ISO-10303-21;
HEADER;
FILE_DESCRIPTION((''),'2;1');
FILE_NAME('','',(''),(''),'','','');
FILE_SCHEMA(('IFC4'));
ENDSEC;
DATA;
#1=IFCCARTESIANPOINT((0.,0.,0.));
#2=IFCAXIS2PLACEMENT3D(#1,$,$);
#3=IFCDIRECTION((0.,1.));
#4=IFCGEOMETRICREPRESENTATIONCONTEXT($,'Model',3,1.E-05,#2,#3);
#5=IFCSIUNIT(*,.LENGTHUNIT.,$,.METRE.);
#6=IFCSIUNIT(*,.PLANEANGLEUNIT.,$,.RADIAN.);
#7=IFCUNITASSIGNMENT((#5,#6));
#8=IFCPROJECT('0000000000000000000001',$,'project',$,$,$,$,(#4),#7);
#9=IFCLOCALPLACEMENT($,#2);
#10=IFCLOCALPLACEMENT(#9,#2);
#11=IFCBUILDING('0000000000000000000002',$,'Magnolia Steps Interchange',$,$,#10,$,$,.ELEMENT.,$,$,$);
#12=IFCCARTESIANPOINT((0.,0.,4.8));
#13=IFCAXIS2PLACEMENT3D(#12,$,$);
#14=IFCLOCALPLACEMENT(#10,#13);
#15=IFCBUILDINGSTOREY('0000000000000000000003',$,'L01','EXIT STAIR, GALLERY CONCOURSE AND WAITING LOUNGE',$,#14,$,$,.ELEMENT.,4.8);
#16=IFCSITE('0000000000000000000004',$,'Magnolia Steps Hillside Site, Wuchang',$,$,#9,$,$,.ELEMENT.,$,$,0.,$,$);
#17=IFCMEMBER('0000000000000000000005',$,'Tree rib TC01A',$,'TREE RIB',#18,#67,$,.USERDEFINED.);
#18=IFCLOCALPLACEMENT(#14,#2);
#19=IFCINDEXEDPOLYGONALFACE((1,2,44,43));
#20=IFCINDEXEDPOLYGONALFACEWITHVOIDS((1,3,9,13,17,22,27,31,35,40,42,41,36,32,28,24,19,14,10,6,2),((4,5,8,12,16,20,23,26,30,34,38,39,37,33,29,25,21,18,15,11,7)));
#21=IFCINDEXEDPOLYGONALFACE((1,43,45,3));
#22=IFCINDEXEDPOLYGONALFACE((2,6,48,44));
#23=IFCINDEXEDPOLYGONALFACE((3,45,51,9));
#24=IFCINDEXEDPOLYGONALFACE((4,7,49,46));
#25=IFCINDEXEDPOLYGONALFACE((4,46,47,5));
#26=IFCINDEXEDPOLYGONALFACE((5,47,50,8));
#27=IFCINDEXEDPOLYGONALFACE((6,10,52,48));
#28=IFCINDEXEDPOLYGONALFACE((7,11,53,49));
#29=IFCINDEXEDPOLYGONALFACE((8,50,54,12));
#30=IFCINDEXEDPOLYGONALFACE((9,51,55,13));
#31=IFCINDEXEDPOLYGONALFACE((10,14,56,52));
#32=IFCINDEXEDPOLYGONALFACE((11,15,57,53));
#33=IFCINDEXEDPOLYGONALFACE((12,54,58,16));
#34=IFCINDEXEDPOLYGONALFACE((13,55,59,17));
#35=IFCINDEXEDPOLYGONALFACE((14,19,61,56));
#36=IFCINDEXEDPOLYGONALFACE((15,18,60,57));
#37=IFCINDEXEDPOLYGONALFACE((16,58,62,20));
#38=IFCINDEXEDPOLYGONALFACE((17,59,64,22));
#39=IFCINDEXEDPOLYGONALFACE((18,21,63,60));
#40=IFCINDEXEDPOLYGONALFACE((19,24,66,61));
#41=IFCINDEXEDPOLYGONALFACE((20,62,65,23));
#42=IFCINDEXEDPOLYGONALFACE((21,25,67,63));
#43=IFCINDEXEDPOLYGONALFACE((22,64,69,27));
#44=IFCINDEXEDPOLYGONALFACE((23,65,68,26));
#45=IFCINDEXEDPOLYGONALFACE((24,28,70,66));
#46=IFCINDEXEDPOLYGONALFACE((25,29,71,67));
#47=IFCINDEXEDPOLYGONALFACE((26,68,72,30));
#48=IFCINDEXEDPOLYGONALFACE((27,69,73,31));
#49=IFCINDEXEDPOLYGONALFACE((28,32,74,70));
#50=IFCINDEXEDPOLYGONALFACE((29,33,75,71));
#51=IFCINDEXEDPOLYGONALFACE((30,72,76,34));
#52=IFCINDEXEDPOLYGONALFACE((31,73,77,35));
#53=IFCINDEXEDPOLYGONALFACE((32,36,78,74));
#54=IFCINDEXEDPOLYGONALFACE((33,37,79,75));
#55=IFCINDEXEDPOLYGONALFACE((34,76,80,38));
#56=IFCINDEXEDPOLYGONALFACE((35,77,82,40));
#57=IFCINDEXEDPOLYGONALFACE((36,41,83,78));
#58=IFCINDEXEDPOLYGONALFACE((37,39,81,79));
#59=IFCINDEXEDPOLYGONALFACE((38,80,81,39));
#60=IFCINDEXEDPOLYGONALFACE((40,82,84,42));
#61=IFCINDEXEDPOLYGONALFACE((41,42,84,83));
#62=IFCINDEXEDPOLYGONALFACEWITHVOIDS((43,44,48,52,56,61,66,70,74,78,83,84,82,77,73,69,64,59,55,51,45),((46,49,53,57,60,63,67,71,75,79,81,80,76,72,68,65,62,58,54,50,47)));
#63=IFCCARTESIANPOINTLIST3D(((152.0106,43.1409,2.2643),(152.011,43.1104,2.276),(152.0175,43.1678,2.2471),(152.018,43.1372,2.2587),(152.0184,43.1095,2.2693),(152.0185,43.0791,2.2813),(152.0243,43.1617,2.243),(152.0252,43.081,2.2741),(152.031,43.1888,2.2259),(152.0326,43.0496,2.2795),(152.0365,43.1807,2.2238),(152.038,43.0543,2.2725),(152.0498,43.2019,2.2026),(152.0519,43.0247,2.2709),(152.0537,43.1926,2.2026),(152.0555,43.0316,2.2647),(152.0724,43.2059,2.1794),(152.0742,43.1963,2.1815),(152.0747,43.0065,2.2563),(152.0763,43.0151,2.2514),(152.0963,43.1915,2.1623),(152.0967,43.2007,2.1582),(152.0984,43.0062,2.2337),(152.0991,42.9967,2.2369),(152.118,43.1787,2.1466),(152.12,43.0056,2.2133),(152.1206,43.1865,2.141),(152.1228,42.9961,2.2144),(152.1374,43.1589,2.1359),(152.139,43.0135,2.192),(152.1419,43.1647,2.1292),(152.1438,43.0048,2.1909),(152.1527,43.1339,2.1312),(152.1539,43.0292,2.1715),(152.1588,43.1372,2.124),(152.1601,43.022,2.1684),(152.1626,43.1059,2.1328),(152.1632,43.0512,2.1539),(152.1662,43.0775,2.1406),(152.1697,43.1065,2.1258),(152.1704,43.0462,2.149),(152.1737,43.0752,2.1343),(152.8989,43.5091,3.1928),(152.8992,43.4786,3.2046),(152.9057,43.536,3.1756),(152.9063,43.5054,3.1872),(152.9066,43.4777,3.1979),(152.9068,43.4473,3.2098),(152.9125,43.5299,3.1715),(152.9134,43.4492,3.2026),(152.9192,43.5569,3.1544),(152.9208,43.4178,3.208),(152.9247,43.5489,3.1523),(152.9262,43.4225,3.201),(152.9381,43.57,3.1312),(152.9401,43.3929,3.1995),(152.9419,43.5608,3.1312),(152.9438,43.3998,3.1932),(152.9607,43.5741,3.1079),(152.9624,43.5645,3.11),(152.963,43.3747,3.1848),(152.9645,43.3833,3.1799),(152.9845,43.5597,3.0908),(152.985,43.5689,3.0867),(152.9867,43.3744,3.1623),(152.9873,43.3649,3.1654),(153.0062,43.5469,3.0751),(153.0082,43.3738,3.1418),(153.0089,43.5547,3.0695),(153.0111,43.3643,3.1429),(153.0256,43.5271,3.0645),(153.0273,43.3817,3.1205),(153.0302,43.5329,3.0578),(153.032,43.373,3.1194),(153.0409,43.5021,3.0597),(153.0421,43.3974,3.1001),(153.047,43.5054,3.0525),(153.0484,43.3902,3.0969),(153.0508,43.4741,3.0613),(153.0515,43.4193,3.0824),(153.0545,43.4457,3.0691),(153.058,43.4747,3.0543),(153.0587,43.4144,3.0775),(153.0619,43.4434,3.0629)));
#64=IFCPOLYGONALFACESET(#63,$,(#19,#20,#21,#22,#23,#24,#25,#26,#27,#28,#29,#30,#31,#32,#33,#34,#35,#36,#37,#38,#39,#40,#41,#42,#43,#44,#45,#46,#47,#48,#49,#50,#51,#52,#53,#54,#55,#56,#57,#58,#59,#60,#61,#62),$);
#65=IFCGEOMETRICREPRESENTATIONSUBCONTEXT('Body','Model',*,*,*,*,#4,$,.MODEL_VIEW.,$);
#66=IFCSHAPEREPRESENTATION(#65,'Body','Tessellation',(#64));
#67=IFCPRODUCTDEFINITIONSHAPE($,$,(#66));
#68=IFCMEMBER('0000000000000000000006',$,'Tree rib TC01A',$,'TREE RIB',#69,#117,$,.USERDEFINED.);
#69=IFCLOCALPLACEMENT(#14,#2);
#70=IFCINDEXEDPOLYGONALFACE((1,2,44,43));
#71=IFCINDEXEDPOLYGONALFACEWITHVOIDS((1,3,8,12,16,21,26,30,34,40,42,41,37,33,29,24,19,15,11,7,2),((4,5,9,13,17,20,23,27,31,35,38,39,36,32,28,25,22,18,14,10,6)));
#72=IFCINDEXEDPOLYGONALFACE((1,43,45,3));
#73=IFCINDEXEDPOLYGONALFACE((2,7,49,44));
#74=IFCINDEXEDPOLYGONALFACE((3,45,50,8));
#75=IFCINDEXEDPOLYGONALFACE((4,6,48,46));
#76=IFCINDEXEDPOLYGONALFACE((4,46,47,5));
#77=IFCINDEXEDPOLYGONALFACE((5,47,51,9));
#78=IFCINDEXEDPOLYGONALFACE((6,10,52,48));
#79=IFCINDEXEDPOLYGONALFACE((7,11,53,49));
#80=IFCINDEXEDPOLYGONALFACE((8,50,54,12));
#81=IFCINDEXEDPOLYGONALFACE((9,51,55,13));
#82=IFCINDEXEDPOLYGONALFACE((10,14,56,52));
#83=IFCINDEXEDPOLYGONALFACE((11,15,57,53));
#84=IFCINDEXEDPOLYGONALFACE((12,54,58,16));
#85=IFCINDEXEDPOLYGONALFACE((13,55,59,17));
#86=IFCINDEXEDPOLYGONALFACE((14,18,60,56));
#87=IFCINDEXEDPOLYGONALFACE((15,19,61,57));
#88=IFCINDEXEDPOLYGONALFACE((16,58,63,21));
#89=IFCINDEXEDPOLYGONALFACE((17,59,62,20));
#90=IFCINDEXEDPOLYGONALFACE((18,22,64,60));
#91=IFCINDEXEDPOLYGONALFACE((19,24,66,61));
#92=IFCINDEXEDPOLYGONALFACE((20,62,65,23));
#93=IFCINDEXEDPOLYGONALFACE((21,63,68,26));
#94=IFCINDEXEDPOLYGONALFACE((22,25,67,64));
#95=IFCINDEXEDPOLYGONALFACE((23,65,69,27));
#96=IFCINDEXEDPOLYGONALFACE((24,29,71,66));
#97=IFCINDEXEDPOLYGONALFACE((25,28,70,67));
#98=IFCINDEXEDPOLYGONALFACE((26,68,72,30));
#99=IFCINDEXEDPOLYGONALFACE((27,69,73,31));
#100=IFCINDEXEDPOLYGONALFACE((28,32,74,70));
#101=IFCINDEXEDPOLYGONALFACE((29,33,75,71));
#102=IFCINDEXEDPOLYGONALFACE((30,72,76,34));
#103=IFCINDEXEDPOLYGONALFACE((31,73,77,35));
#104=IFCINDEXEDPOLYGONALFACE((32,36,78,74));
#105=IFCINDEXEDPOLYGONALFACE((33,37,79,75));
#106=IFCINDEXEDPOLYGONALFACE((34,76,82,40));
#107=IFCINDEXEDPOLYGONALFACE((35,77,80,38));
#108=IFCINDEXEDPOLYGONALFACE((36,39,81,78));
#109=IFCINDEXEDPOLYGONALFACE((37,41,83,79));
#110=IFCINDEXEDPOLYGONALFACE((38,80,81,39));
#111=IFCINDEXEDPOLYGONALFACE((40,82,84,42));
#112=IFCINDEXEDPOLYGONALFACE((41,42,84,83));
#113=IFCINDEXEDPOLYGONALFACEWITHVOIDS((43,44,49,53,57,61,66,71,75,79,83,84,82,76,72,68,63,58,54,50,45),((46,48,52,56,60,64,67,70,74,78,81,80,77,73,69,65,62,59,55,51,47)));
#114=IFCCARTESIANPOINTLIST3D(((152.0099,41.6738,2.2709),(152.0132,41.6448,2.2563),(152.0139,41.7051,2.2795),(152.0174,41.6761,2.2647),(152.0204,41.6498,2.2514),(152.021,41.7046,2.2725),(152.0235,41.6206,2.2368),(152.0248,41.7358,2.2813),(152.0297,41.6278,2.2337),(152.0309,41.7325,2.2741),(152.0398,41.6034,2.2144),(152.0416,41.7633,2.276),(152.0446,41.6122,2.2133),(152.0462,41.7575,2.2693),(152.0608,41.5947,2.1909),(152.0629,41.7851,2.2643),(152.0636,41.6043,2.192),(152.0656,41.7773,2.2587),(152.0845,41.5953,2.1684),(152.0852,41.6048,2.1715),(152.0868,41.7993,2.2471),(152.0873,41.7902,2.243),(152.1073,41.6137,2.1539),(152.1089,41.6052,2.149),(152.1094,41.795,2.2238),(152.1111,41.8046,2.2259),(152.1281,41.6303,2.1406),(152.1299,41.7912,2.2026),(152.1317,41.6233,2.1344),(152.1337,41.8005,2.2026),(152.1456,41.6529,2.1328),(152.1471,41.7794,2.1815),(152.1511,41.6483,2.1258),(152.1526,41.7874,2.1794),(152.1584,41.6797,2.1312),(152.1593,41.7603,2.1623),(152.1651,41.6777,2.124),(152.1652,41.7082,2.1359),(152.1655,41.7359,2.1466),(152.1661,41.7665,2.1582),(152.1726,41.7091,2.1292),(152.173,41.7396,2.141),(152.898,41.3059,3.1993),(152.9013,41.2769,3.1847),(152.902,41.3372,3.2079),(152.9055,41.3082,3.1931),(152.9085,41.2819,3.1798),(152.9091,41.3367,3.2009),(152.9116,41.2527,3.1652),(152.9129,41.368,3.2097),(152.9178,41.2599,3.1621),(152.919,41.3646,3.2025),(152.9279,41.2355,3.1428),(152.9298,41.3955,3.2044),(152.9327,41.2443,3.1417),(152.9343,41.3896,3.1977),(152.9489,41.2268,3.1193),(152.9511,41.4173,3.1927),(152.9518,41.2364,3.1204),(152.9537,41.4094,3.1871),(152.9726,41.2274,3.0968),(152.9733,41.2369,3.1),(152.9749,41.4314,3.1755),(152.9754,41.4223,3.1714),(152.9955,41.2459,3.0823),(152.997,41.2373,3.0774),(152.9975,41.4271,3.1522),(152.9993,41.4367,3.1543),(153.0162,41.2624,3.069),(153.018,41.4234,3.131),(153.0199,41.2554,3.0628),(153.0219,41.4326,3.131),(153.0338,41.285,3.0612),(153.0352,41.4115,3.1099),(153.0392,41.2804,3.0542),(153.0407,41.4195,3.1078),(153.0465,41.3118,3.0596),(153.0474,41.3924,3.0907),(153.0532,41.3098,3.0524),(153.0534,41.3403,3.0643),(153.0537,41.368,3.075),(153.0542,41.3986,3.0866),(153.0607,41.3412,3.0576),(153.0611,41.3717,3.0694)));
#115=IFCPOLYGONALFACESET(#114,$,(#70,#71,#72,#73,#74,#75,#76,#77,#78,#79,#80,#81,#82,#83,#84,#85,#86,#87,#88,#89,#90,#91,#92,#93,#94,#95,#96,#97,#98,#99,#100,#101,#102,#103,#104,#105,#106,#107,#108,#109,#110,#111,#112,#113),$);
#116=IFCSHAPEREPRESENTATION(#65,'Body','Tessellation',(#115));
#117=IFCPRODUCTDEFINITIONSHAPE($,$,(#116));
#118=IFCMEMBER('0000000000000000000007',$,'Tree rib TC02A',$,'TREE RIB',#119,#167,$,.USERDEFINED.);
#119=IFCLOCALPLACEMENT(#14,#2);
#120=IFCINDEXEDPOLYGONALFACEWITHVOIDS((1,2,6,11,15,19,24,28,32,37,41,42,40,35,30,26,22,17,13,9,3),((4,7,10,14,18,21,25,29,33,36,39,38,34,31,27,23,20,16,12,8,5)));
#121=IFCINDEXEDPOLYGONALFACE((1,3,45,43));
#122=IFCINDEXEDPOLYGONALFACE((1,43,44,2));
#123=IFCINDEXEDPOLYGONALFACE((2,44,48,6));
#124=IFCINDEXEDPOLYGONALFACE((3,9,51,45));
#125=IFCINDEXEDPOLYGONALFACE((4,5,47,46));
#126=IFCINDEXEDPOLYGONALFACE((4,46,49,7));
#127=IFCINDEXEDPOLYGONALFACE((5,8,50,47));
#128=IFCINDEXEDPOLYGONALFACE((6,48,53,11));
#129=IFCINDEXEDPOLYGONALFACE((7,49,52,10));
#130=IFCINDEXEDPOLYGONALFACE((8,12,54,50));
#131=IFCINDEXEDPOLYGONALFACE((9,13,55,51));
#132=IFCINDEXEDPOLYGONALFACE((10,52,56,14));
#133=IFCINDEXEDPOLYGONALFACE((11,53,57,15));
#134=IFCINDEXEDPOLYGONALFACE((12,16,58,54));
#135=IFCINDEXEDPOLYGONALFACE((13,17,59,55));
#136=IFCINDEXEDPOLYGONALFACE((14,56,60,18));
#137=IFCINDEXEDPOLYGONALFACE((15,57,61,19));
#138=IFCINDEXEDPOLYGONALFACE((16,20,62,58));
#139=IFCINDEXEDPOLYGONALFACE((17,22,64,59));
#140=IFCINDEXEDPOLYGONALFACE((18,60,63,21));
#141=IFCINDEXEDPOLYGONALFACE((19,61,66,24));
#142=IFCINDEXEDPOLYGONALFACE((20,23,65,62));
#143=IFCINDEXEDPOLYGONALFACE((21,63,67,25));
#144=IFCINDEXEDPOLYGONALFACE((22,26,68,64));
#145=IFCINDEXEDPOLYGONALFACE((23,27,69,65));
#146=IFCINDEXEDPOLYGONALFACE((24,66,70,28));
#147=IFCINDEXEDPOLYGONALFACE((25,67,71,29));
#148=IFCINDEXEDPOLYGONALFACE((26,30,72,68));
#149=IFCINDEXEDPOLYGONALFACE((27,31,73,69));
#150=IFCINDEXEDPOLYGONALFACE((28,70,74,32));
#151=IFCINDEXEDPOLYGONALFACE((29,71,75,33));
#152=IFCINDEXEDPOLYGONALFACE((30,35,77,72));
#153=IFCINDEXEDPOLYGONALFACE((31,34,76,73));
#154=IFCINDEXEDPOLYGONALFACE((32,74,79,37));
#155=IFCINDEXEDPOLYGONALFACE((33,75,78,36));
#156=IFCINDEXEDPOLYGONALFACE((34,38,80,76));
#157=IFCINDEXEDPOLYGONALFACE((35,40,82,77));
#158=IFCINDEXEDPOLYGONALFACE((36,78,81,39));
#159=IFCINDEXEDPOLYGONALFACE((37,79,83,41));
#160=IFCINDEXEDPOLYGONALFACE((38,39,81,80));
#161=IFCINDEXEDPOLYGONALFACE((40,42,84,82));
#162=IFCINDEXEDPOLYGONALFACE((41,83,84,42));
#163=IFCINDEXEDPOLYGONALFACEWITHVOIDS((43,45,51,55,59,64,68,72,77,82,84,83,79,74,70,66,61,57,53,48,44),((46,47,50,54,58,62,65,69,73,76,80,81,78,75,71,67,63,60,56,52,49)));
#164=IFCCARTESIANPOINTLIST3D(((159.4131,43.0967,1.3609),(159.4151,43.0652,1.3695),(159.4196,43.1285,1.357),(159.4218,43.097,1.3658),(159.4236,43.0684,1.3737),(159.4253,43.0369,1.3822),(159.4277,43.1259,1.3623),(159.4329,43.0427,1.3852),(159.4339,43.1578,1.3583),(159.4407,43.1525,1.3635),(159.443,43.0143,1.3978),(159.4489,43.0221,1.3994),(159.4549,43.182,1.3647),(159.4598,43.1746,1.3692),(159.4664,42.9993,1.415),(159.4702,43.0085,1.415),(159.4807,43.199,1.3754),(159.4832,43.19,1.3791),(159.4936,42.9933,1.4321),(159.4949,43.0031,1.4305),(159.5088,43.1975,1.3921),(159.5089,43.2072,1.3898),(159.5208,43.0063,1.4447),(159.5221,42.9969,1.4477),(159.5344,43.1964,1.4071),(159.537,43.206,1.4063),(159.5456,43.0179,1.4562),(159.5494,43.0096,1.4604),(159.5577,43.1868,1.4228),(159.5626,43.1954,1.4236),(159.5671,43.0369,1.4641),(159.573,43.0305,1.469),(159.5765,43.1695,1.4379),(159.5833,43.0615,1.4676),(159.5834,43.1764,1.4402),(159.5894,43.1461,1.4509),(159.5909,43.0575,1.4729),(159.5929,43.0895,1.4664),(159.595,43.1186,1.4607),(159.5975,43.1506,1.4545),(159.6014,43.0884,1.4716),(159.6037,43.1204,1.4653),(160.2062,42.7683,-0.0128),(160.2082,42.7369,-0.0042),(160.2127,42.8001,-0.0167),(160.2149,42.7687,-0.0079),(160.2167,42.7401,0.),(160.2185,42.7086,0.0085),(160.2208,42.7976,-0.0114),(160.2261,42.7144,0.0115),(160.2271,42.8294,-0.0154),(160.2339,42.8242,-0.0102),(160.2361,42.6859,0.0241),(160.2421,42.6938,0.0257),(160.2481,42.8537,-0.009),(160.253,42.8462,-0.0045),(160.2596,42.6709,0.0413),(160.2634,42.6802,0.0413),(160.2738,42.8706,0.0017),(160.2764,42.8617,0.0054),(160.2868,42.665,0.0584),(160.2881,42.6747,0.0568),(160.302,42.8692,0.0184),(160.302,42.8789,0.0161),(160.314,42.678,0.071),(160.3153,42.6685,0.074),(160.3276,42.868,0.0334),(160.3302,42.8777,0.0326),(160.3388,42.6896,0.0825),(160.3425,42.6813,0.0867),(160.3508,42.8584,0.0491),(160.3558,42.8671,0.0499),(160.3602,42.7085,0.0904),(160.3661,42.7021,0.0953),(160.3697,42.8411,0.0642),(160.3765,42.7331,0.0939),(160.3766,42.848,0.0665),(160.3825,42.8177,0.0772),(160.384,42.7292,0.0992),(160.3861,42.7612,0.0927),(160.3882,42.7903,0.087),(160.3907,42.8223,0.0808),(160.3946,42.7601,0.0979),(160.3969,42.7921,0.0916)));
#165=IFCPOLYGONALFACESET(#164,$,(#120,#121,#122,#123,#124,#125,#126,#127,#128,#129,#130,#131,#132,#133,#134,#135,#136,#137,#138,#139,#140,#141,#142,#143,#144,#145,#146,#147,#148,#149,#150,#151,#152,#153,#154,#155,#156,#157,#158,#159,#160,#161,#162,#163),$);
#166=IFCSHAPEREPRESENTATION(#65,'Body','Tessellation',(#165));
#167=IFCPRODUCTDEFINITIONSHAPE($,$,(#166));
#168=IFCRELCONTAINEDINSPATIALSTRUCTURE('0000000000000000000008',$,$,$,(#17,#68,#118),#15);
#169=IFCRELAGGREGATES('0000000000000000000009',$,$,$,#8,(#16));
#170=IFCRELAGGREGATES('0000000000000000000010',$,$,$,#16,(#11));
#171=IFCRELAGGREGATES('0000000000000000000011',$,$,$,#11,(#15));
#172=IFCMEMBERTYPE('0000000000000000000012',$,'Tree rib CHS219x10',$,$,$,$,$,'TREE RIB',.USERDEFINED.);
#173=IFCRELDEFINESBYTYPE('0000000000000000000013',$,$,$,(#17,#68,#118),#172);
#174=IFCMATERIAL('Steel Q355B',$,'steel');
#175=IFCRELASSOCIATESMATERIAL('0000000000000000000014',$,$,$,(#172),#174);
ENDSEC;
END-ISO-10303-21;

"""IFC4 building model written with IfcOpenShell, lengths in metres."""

from ifc_helpers import new_model, si_unit, direction, frame, origin, origin_2d, place, context, subcontext, project, spatial, hollow_circle, extrude, material, material_profile, profile_set, type_object, element, save


model = new_model("IFC4")

# Units and contexts
model_context = context("Model", 3, precision=1e-05, world=origin(), true_north=direction((0.0, 1.0)))
body_context = subcontext(model_context, "Body", "Model", "MODEL_VIEW")
ifc_project = project(units=[si_unit("LENGTHUNIT", "METRE"), si_unit("PLANEANGLEUNIT", "RADIAN")], contexts=[model_context])

# Site, building, storey
site_placement = place(None, origin())
site = spatial("IfcSite", under=ifc_project, at=site_placement, Name="Magnolia Steps Hillside Site, Wuchang", CompositionType="ELEMENT", RefElevation=0.0)
building_placement = place(site_placement, origin())
building = spatial("IfcBuilding", under=site, at=building_placement, Name="Magnolia Steps Interchange", CompositionType="ELEMENT")
storey_placement = place(building_placement, frame((0.0, 0.0, 4.8)))
storey = spatial("IfcBuildingStorey", under=building, at=storey_placement, Name="L01", Description="EXIT STAIR, GALLERY CONCOURSE AND WAITING LOUNGE", CompositionType="ELEMENT", Elevation=4.8)

# Members
ifc_material_1 = material(Name="Steel Q355B", Category="steel")
ifc_material_profile_1 = material_profile(ifc_material_1, hollow_circle(Radius=0.1096, WallThickness=0.01, at=origin_2d()), Name="CHS219x10")
ifc_profile_set_1 = profile_set([ifc_material_profile_1], Name="Steel Q355B")
member_type = type_object("IfcMemberType", Name="Tree rib CHS219x10", ElementType="TREE RIB", PredefinedType="USERDEFINED", material=ifc_profile_set_1)
member_1_placement = place(storey_placement, frame((152.0918, 43.1006, 2.2026), z_axis=(0.664516, 0.275451, 0.694655), x_axis=(-0.38292, 0.923782, 0.0)))
element("IfcMember", 1, at=member_1_placement, inside=storey, type_object=member_type, Name="Tree rib TC01A", ObjectType="TREE RIB", PredefinedType="USERDEFINED", context=body_context, shape_type="SweptSolid", body=[
    extrude(hollow_circle(Radius=0.1096, WallThickness=0.01, at=origin_2d()), origin(), (0.0, 0.0, 1.0), 1.3367),
])
member_2_placement = place(storey_placement, frame((152.0918, 41.6992, 2.2026), z_axis=(0.664549, -0.275282, 0.69469), x_axis=(0.382703, 0.923871, 0.0)))
element("IfcMember", 2, at=member_2_placement, inside=storey, type_object=member_type, Name="Tree rib TC01A", ObjectType="TREE RIB", PredefinedType="USERDEFINED", context=body_context, shape_type="SweptSolid", body=[
    extrude(hollow_circle(Radius=0.1096, WallThickness=0.01, at=origin_2d()), origin(), (0.0, 0.0, 1.0), 1.3364),
])
member_3_placement = place(storey_placement, frame((160.3015, 42.7722, 0.0413), z_axis=(-0.489649, 0.202702, 0.848031), x_axis=(-0.382494, -0.923958, 0.0)))
element("IfcMember", 3, at=member_3_placement, inside=storey, type_object=member_type, Name="Tree rib TC02A", ObjectType="TREE RIB", PredefinedType="USERDEFINED", context=body_context, shape_type="SweptSolid", body=[
    extrude(hollow_circle(Radius=0.1096, WallThickness=0.01, at=origin_2d()), origin(), (0.0, 0.0, 1.0), 1.6199),
])

save(model, "model.ifc")
